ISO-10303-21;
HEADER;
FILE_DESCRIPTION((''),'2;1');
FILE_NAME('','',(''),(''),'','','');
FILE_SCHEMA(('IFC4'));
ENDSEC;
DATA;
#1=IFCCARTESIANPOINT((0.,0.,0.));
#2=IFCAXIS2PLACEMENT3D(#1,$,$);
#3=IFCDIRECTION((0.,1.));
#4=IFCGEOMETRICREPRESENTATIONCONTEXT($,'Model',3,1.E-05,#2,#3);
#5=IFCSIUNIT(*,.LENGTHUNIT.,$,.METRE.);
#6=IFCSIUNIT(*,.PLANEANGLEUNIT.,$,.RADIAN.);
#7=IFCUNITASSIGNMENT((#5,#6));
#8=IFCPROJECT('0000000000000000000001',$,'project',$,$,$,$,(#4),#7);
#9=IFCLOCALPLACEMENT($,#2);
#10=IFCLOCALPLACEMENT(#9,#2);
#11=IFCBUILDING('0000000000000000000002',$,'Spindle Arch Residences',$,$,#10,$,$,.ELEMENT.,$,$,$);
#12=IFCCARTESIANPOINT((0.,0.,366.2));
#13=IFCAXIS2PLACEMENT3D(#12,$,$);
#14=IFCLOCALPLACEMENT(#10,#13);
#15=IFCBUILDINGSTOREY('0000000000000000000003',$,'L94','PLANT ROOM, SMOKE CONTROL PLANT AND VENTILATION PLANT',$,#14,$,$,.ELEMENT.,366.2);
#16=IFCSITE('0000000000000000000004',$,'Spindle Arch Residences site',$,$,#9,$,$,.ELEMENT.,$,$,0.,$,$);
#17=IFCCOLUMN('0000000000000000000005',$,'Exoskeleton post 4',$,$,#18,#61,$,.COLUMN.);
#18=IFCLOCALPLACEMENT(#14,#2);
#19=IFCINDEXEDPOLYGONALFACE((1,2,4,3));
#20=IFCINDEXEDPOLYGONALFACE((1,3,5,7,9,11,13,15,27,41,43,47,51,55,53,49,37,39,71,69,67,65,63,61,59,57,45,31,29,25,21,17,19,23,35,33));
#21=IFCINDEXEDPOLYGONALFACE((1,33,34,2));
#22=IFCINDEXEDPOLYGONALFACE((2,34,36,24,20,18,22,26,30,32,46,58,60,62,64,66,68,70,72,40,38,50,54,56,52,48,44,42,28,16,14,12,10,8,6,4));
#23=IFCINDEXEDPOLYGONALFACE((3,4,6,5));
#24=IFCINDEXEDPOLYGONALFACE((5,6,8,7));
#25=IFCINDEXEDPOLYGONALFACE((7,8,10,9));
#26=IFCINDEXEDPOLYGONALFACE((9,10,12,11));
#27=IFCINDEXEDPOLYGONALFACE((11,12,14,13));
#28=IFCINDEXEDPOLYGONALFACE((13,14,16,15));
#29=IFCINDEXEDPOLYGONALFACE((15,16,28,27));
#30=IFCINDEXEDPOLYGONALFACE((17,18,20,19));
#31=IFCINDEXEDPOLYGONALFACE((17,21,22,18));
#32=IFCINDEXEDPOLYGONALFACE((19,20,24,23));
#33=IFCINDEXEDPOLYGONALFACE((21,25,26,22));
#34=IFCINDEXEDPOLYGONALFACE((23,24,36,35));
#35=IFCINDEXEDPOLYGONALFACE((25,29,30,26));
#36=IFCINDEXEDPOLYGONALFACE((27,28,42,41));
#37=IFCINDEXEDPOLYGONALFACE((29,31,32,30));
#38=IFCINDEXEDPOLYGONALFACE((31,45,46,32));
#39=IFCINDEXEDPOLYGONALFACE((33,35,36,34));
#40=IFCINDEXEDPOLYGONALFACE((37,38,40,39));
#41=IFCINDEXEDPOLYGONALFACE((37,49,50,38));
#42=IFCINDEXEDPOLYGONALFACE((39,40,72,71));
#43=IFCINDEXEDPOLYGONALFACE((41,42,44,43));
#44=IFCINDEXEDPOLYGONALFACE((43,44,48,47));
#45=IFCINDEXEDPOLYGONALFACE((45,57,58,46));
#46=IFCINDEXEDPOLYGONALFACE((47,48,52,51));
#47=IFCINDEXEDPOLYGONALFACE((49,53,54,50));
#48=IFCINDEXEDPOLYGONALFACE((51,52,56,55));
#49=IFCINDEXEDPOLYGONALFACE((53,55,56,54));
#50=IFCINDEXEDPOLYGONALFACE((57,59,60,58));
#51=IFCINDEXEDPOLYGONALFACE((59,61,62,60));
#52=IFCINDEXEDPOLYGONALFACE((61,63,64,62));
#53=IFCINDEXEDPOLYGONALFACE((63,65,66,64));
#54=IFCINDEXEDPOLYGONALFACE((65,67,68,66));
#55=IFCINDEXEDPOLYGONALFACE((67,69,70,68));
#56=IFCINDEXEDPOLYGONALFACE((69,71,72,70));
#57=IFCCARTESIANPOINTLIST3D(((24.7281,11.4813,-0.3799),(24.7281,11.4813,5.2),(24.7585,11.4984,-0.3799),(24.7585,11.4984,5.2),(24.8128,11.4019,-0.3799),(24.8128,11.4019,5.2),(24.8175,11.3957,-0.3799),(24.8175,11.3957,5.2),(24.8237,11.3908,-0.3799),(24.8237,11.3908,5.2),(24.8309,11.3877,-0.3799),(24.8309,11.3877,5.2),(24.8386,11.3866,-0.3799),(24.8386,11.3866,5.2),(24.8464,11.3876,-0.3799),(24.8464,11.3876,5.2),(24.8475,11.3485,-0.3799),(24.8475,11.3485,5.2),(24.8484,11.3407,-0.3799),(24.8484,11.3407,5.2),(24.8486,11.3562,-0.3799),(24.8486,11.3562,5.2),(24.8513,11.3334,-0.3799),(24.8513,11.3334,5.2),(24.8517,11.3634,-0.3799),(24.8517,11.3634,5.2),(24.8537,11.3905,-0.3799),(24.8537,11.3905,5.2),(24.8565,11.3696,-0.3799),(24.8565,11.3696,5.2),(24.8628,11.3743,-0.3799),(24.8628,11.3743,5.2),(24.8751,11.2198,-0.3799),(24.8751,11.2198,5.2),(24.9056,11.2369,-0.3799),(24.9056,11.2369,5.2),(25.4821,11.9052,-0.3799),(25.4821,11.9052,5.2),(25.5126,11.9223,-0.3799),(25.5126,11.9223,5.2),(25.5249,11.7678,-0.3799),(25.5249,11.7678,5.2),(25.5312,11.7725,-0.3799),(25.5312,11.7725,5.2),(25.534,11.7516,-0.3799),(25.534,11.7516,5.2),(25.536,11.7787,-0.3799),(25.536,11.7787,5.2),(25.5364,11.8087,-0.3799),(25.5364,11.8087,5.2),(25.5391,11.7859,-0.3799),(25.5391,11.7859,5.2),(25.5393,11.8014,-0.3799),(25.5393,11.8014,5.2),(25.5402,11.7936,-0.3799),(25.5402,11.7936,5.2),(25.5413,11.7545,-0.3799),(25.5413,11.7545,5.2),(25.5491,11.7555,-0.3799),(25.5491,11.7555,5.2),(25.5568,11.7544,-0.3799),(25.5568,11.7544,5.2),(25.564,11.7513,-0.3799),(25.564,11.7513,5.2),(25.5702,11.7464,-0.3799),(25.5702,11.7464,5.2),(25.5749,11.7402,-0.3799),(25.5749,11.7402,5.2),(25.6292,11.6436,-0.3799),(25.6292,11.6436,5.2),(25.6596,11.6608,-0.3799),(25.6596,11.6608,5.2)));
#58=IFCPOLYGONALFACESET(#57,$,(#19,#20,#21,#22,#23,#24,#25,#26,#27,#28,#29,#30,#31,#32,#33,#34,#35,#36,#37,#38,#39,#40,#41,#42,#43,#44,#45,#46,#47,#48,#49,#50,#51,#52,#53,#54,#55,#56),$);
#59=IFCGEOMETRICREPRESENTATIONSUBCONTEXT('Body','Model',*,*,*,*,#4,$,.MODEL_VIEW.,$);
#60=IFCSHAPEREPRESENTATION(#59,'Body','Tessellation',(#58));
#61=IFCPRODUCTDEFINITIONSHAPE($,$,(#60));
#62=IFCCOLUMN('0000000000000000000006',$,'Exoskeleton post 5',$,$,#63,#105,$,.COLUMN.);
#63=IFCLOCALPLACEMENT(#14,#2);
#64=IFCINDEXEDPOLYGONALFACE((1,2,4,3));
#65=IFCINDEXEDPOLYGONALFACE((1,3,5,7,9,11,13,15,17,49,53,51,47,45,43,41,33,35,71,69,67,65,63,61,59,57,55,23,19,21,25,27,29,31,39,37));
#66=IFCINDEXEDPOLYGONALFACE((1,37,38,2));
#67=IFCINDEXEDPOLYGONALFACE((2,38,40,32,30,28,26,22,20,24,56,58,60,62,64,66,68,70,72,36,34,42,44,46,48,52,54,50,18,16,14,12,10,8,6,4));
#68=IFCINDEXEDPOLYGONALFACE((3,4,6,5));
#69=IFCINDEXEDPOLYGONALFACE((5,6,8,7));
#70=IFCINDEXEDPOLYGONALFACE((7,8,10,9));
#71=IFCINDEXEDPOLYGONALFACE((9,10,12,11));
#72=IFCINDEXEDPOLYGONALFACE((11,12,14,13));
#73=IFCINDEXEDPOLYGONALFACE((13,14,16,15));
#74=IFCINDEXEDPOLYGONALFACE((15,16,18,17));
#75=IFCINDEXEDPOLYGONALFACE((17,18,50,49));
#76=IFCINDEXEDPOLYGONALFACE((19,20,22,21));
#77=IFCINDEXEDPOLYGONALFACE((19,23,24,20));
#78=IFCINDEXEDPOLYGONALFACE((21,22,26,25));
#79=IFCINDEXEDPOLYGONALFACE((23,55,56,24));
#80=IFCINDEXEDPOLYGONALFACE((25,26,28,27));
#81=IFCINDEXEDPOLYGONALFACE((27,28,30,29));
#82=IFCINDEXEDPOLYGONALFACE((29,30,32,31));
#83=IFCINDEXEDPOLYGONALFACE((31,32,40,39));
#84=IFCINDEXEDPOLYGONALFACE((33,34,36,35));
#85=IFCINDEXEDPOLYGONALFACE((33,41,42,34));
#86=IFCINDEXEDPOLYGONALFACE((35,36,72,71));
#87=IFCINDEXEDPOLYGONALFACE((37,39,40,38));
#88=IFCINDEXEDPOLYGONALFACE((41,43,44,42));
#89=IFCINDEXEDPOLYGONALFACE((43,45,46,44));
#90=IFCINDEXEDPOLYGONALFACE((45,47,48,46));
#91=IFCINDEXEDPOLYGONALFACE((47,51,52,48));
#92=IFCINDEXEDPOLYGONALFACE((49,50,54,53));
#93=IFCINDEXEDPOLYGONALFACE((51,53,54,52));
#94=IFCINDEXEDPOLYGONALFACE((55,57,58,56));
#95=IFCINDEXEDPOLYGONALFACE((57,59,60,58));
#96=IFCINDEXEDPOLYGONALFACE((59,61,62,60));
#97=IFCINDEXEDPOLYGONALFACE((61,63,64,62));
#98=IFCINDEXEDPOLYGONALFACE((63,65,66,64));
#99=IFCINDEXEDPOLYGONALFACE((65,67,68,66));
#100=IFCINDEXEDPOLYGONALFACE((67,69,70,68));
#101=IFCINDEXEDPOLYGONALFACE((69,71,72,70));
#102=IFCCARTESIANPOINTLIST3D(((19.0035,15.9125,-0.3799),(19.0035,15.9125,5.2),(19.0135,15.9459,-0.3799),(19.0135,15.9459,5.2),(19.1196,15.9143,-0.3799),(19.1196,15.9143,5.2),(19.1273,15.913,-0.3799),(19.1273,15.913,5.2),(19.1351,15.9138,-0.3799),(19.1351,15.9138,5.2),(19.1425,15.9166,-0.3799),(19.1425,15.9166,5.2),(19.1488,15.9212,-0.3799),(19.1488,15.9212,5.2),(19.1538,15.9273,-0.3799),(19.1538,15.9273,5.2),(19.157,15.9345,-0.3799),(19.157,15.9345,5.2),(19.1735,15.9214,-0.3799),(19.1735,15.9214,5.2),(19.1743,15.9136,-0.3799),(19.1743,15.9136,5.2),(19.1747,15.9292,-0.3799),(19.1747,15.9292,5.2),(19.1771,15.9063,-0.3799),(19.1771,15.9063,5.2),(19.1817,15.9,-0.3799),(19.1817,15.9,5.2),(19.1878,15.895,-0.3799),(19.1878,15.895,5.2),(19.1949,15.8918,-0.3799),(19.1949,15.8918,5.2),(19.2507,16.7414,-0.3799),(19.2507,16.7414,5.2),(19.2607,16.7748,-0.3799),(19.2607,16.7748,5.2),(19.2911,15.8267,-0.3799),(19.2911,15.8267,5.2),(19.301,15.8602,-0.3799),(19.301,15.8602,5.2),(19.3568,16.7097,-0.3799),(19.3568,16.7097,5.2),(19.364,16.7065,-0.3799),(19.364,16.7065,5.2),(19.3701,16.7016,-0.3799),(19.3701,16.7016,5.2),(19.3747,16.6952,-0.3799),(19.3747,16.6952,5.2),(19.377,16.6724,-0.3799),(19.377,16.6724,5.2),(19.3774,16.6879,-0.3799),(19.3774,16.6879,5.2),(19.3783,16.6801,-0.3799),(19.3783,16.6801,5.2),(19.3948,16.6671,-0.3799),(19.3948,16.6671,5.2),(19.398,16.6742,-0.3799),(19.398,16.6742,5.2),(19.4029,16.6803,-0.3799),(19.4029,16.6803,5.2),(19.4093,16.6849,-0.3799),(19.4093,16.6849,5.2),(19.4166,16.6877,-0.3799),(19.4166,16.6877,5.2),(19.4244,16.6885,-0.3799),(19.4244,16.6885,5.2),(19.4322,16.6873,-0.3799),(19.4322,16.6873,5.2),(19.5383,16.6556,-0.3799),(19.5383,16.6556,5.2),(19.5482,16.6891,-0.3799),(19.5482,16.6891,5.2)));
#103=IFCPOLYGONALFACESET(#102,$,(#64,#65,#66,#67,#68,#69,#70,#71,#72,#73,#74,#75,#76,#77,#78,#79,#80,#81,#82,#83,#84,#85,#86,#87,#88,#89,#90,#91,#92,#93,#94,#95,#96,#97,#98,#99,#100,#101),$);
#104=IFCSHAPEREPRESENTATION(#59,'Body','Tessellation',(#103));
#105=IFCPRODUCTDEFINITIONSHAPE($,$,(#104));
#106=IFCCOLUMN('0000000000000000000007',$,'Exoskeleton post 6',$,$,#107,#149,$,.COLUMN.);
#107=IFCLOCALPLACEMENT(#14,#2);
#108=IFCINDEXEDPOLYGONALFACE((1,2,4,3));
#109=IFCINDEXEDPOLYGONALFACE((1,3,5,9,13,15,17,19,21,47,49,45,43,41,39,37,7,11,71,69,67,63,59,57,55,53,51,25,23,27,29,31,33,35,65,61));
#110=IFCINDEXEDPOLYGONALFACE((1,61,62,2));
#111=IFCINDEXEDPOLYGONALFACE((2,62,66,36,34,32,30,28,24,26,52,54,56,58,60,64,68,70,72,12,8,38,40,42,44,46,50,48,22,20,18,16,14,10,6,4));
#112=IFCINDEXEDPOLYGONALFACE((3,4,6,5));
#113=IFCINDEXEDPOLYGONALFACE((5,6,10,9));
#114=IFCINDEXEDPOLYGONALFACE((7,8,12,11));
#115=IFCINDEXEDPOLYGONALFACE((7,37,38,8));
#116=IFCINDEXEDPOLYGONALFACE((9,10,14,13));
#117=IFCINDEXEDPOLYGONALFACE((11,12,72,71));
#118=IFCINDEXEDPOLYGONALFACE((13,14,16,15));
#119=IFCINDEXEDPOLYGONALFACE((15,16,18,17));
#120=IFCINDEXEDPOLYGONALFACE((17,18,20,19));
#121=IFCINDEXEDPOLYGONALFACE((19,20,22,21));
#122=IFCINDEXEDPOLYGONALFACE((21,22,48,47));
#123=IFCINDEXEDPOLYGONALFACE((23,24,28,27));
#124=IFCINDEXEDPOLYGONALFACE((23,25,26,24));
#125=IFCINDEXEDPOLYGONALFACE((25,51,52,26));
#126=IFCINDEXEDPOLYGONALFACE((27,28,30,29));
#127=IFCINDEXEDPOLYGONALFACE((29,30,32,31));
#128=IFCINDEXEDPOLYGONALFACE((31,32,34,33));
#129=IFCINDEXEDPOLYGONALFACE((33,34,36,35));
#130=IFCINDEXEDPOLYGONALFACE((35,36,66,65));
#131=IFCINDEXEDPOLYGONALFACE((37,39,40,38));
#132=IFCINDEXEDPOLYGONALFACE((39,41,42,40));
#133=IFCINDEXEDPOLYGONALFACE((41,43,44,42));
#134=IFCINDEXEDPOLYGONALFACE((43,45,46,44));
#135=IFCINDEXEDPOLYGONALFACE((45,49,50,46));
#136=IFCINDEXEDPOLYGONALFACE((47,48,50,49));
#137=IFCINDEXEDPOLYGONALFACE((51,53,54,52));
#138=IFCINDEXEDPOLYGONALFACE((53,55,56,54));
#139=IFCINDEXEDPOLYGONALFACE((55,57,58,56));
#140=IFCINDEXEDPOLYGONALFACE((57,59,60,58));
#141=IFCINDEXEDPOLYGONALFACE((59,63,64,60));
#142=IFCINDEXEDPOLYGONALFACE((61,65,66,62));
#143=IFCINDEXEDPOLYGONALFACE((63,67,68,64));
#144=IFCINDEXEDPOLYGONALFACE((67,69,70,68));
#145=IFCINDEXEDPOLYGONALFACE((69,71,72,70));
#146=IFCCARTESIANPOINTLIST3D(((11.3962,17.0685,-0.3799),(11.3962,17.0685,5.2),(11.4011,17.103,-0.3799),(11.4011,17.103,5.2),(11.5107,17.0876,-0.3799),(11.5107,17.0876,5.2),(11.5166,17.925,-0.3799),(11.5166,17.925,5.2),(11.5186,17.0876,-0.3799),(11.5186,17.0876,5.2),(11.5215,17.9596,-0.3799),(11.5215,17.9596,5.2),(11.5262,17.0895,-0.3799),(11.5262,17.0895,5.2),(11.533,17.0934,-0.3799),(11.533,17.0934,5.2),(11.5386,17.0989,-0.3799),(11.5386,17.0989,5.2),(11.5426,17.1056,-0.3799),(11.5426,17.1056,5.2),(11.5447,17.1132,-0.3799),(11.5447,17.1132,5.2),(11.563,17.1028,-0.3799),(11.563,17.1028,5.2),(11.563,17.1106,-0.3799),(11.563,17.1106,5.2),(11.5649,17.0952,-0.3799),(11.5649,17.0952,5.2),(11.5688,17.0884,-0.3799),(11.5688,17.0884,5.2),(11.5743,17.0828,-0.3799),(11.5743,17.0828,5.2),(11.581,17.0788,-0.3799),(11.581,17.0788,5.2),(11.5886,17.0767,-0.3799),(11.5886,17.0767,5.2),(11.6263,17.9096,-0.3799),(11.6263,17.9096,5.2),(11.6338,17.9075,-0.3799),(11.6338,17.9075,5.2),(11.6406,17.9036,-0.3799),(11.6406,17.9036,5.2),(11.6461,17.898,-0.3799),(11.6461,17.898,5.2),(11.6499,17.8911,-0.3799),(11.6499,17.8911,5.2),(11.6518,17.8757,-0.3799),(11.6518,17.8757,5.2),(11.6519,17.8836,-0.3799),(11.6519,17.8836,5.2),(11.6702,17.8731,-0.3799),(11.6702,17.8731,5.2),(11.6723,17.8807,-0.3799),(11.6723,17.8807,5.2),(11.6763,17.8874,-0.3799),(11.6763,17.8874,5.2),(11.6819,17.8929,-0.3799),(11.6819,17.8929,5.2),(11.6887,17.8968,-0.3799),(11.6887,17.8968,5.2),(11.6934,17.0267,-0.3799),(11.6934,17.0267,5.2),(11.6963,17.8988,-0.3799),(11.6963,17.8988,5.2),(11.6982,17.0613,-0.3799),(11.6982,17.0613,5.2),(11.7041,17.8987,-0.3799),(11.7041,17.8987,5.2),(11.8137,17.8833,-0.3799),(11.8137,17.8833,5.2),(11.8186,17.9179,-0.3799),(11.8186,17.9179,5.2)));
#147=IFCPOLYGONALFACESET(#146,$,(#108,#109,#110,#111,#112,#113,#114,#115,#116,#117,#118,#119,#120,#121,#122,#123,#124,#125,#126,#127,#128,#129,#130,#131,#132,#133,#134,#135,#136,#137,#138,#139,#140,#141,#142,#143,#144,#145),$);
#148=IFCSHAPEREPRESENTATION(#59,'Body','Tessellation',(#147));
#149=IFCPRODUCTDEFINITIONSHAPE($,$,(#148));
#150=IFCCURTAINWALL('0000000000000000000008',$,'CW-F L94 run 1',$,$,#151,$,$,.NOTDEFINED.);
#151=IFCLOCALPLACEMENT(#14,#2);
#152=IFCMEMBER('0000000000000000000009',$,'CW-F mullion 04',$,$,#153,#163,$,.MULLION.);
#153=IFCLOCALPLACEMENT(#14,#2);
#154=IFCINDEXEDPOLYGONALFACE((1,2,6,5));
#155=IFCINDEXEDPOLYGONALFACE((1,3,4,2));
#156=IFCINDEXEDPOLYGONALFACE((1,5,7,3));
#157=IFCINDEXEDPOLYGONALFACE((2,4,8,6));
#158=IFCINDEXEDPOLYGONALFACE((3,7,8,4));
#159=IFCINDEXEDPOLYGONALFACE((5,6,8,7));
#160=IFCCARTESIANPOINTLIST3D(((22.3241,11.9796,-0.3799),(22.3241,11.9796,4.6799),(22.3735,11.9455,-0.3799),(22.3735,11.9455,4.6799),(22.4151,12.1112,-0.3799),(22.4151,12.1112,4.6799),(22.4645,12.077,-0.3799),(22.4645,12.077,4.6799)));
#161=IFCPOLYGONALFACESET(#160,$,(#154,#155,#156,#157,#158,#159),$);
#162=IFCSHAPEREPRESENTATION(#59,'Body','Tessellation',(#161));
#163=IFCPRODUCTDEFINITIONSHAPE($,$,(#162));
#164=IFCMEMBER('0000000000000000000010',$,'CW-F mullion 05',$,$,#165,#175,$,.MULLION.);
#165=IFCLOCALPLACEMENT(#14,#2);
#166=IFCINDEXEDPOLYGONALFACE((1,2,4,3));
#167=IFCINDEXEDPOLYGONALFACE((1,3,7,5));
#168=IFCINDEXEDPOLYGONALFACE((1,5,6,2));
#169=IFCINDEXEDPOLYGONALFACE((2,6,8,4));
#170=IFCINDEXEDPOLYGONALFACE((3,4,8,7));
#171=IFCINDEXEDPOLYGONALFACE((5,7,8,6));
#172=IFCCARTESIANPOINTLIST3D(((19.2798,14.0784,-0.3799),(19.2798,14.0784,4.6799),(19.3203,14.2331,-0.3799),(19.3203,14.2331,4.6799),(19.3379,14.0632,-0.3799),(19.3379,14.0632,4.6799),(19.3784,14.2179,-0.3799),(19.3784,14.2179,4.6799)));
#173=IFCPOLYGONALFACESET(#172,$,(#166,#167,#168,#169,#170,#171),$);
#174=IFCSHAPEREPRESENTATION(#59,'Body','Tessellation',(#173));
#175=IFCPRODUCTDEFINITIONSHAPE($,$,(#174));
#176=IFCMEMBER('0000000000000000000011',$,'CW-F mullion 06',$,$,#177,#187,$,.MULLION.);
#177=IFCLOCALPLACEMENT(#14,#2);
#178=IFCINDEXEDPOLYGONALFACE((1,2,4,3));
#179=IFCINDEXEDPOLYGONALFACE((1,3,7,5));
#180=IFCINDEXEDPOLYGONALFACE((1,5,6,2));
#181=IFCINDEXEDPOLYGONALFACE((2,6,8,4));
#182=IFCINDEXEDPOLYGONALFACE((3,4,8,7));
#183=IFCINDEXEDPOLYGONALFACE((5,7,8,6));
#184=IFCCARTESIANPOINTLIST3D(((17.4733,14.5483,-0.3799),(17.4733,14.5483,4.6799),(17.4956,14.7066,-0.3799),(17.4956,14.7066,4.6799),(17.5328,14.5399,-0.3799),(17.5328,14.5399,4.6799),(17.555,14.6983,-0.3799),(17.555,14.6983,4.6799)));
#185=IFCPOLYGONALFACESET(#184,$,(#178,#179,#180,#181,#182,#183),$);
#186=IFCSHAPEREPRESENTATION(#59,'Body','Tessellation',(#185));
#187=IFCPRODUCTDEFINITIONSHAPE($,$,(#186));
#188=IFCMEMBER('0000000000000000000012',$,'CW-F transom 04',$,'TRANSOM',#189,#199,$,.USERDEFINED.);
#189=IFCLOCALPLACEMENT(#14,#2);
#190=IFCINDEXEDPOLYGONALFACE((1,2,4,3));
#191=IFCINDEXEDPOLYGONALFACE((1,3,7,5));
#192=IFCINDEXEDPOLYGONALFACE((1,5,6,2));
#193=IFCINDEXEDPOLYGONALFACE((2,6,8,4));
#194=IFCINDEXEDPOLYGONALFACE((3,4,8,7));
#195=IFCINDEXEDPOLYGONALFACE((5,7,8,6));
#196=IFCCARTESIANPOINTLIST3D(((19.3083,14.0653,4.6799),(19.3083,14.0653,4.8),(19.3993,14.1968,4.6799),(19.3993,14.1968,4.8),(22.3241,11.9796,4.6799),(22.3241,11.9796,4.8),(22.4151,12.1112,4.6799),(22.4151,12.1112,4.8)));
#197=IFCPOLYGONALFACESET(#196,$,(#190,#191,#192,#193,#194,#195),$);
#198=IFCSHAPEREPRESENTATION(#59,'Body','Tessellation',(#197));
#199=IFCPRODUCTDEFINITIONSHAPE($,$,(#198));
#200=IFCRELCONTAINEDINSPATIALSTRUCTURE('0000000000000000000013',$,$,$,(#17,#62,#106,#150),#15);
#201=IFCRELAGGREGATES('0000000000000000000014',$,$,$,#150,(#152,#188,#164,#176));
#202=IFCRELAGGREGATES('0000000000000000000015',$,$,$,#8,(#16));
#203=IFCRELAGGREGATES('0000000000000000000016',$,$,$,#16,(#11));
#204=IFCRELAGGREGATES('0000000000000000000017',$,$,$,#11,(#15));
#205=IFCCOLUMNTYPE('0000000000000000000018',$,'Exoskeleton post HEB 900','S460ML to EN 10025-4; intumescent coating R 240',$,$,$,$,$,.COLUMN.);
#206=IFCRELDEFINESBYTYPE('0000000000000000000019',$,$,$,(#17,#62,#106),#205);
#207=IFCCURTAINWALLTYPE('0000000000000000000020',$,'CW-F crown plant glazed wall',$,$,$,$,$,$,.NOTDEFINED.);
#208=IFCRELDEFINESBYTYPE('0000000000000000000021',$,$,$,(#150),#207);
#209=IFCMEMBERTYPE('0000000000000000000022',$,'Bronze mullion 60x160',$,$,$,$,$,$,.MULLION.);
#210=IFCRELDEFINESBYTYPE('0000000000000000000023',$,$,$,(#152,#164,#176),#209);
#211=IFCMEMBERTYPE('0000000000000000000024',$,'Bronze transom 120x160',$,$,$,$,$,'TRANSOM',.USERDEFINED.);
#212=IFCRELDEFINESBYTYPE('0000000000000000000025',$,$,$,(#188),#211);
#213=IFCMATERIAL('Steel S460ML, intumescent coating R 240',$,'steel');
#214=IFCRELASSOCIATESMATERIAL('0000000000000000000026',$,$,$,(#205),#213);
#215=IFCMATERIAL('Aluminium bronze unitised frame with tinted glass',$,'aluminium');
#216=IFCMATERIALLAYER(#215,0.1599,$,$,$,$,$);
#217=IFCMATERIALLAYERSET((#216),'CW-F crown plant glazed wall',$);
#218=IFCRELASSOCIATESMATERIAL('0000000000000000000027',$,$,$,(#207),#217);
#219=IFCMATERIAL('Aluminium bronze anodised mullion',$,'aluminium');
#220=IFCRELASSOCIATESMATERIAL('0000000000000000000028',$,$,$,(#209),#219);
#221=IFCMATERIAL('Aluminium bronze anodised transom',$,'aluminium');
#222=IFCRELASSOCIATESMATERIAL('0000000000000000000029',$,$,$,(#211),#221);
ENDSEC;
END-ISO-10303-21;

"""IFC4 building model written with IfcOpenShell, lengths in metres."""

from ifc_helpers import new_model, si_unit, direction, frame, origin, origin_2d, place, context, subcontext, project, spatial, rectangle, i_section, extrude, material, layer, layer_set, material_profile, profile_set, type_object, element, aggregate, save


model = new_model("IFC4")

# Units and contexts
model_context = context("Model", 3, precision=1e-05, world=origin(), true_north=direction((0.0, 1.0)))
body_context = subcontext(model_context, "Body", "Model", "MODEL_VIEW")
ifc_project = project(units=[si_unit("LENGTHUNIT", "METRE"), si_unit("PLANEANGLEUNIT", "RADIAN")], contexts=[model_context])

# Site, building, storey
site_placement = place(None, origin())
site = spatial("IfcSite", under=ifc_project, at=site_placement, Name="Spindle Arch Residences site", CompositionType="ELEMENT", RefElevation=0.0)
building_placement = place(site_placement, origin())
building = spatial("IfcBuilding", under=site, at=building_placement, Name="Spindle Arch Residences", CompositionType="ELEMENT")
storey_placement = place(building_placement, frame((0.0, 0.0, 366.2)))
storey = spatial("IfcBuildingStorey", under=building, at=storey_placement, Name="L94", Description="PLANT ROOM, SMOKE CONTROL PLANT AND VENTILATION PLANT", CompositionType="ELEMENT", Elevation=366.2)

# Columns
ifc_material_1 = material(Name="Steel S460ML, intumescent coating R 240", Category="steel")
ifc_material_profile_1 = material_profile(ifc_material_1, i_section(OverallWidth=0.3, OverallDepth=0.8999, WebThickness=0.0186, FlangeThickness=0.0349, FilletRadius=0.03, at=origin_2d()), Name="HEB 900")
ifc_profile_set_1 = profile_set([ifc_material_profile_1], Name="Steel S460ML, intumescent coating R 240")
column_type = type_object("IfcColumnType", Name="Exoskeleton post HEB 900", Description="S460ML to EN 10025-4; intumescent coating R 240", PredefinedType="COLUMN", material=ifc_profile_set_1)
for number, where, z_axis, x_axis, name in (
    (1, (25.1938, 11.571, -0.3799), (0.0, 0.0, 1.0), (0.490024, -0.871709, 0.0), "Exoskeleton post 4"),
    (2, (19.2759, 16.3008, -0.3799), (0.0, 0.0, 1.0), (0.958298, -0.285769, 0.0), "Exoskeleton post 5"),
    (3, (11.6074, 17.4932, -0.3799), (0.0, 0.0, 1.0), (0.990268, -0.139173, 0.0), "Exoskeleton post 6"),
):
    element("IfcColumn", number, at=place(storey_placement, frame(where, z_axis=z_axis, x_axis=x_axis)), inside=storey, type_object=column_type, Name=name, PredefinedType="COLUMN", context=body_context, shape_type="SweptSolid", body=[
        extrude(i_section(OverallWidth=0.3, OverallDepth=0.8999, WebThickness=0.0186, FlangeThickness=0.0349, FilletRadius=0.03, at=origin_2d()), origin(), (0.0, 0.0, 1.0), 5.5798),
    ])

# Curtain wall, members
ifc_material_2 = material(Name="Aluminium bronze unitised frame with tinted glass", Category="aluminium")
ifc_layer_1 = layer(ifc_material_2, 0.1599)
ifc_layer_set_1 = layer_set([ifc_layer_1], Name="CW-F crown plant glazed wall")
curtain_wall_type = type_object("IfcCurtainWallType", Name="CW-F crown plant glazed wall", PredefinedType="NOTDEFINED", material=ifc_layer_set_1)
curtain_wall_placement = place(storey_placement, origin())
curtain_wall = element("IfcCurtainWall", 4, at=curtain_wall_placement, inside=storey, type_object=curtain_wall_type, Name="CW-F L94 run 1", PredefinedType="NOTDEFINED")
ifc_material_3 = material(Name="Aluminium bronze anodised mullion", Category="aluminium")
ifc_material_profile_2 = material_profile(ifc_material_3, rectangle(XDim=0.1599, YDim=0.0601, at=origin_2d()), Name="MU 60x160")
ifc_profile_set_2 = profile_set([ifc_material_profile_2], Name="Aluminium bronze anodised mullion")
member_type_1 = type_object("IfcMemberType", Name="Bronze mullion 60x160", PredefinedType="MULLION", material=ifc_profile_set_2)
member_1_placement = place(storey_placement, frame((22.3943, 12.0283, -0.3799), z_axis=(0.0, 0.0, 1.0), x_axis=(-0.568801, -0.822475, 0.0)))
member_1 = element("IfcMember", 5, at=member_1_placement, type_object=member_type_1, Name="CW-F mullion 04", PredefinedType="MULLION", context=body_context, shape_type="SweptSolid", body=[
    extrude(rectangle(XDim=0.1599, YDim=0.0601, at=origin_2d()), origin(), (0.0, 0.0, 1.0), 5.0598),
])
member_2_placement = place(storey_placement, frame((19.3291, 14.1482, -0.3799), z_axis=(0.0, 0.0, 1.0), x_axis=(-0.253195, -0.967415, 0.0)))
member_2 = element("IfcMember", 6, at=member_2_placement, type_object=member_type_1, Name="CW-F mullion 05", PredefinedType="MULLION", context=body_context, shape_type="SweptSolid", body=[
    extrude(rectangle(XDim=0.1599, YDim=0.0601, at=origin_2d()), origin(), (0.0, 0.0, 1.0), 5.0598),
])
member_3_placement = place(storey_placement, frame((17.5142, 14.6233, -0.3799), z_axis=(0.0, 0.0, 1.0), x_axis=(-0.139173, -0.990268, 0.0)))
member_3 = element("IfcMember", 7, at=member_3_placement, type_object=member_type_1, Name="CW-F mullion 06", PredefinedType="MULLION", context=body_context, shape_type="SweptSolid", body=[
    extrude(rectangle(XDim=0.1599, YDim=0.0601, at=origin_2d()), origin(), (0.0, 0.0, 1.0), 5.0598),
])
ifc_material_4 = material(Name="Aluminium bronze anodised transom", Category="aluminium")
ifc_material_profile_3 = material_profile(ifc_material_4, rectangle(XDim=0.1599, YDim=0.1201, at=origin_2d()), Name="TR 120x160")
ifc_profile_set_3 = profile_set([ifc_material_profile_3], Name="Aluminium bronze anodised transom")
member_type_2 = type_object("IfcMemberType", Name="Bronze transom 120x160", ElementType="TRANSOM", PredefinedType="USERDEFINED", material=ifc_profile_set_3)
member_4_placement = place(storey_placement, frame((22.3696, 12.0454, 4.74), z_axis=(-0.822475, 0.568801, 0.0), x_axis=(-0.568801, -0.822475, 0.0)))
member_4 = element("IfcMember", 8, at=member_4_placement, type_object=member_type_2, Name="CW-F transom 04", ObjectType="TRANSOM", PredefinedType="USERDEFINED", context=body_context, shape_type="SweptSolid", body=[
    extrude(rectangle(XDim=0.1599, YDim=0.1201, at=origin_2d()), origin(), (0.0, 0.0, 1.0), 3.6667),
])

aggregate(curtain_wall, [member_1, member_4, member_2, member_3])

save(model, "model.ifc")
